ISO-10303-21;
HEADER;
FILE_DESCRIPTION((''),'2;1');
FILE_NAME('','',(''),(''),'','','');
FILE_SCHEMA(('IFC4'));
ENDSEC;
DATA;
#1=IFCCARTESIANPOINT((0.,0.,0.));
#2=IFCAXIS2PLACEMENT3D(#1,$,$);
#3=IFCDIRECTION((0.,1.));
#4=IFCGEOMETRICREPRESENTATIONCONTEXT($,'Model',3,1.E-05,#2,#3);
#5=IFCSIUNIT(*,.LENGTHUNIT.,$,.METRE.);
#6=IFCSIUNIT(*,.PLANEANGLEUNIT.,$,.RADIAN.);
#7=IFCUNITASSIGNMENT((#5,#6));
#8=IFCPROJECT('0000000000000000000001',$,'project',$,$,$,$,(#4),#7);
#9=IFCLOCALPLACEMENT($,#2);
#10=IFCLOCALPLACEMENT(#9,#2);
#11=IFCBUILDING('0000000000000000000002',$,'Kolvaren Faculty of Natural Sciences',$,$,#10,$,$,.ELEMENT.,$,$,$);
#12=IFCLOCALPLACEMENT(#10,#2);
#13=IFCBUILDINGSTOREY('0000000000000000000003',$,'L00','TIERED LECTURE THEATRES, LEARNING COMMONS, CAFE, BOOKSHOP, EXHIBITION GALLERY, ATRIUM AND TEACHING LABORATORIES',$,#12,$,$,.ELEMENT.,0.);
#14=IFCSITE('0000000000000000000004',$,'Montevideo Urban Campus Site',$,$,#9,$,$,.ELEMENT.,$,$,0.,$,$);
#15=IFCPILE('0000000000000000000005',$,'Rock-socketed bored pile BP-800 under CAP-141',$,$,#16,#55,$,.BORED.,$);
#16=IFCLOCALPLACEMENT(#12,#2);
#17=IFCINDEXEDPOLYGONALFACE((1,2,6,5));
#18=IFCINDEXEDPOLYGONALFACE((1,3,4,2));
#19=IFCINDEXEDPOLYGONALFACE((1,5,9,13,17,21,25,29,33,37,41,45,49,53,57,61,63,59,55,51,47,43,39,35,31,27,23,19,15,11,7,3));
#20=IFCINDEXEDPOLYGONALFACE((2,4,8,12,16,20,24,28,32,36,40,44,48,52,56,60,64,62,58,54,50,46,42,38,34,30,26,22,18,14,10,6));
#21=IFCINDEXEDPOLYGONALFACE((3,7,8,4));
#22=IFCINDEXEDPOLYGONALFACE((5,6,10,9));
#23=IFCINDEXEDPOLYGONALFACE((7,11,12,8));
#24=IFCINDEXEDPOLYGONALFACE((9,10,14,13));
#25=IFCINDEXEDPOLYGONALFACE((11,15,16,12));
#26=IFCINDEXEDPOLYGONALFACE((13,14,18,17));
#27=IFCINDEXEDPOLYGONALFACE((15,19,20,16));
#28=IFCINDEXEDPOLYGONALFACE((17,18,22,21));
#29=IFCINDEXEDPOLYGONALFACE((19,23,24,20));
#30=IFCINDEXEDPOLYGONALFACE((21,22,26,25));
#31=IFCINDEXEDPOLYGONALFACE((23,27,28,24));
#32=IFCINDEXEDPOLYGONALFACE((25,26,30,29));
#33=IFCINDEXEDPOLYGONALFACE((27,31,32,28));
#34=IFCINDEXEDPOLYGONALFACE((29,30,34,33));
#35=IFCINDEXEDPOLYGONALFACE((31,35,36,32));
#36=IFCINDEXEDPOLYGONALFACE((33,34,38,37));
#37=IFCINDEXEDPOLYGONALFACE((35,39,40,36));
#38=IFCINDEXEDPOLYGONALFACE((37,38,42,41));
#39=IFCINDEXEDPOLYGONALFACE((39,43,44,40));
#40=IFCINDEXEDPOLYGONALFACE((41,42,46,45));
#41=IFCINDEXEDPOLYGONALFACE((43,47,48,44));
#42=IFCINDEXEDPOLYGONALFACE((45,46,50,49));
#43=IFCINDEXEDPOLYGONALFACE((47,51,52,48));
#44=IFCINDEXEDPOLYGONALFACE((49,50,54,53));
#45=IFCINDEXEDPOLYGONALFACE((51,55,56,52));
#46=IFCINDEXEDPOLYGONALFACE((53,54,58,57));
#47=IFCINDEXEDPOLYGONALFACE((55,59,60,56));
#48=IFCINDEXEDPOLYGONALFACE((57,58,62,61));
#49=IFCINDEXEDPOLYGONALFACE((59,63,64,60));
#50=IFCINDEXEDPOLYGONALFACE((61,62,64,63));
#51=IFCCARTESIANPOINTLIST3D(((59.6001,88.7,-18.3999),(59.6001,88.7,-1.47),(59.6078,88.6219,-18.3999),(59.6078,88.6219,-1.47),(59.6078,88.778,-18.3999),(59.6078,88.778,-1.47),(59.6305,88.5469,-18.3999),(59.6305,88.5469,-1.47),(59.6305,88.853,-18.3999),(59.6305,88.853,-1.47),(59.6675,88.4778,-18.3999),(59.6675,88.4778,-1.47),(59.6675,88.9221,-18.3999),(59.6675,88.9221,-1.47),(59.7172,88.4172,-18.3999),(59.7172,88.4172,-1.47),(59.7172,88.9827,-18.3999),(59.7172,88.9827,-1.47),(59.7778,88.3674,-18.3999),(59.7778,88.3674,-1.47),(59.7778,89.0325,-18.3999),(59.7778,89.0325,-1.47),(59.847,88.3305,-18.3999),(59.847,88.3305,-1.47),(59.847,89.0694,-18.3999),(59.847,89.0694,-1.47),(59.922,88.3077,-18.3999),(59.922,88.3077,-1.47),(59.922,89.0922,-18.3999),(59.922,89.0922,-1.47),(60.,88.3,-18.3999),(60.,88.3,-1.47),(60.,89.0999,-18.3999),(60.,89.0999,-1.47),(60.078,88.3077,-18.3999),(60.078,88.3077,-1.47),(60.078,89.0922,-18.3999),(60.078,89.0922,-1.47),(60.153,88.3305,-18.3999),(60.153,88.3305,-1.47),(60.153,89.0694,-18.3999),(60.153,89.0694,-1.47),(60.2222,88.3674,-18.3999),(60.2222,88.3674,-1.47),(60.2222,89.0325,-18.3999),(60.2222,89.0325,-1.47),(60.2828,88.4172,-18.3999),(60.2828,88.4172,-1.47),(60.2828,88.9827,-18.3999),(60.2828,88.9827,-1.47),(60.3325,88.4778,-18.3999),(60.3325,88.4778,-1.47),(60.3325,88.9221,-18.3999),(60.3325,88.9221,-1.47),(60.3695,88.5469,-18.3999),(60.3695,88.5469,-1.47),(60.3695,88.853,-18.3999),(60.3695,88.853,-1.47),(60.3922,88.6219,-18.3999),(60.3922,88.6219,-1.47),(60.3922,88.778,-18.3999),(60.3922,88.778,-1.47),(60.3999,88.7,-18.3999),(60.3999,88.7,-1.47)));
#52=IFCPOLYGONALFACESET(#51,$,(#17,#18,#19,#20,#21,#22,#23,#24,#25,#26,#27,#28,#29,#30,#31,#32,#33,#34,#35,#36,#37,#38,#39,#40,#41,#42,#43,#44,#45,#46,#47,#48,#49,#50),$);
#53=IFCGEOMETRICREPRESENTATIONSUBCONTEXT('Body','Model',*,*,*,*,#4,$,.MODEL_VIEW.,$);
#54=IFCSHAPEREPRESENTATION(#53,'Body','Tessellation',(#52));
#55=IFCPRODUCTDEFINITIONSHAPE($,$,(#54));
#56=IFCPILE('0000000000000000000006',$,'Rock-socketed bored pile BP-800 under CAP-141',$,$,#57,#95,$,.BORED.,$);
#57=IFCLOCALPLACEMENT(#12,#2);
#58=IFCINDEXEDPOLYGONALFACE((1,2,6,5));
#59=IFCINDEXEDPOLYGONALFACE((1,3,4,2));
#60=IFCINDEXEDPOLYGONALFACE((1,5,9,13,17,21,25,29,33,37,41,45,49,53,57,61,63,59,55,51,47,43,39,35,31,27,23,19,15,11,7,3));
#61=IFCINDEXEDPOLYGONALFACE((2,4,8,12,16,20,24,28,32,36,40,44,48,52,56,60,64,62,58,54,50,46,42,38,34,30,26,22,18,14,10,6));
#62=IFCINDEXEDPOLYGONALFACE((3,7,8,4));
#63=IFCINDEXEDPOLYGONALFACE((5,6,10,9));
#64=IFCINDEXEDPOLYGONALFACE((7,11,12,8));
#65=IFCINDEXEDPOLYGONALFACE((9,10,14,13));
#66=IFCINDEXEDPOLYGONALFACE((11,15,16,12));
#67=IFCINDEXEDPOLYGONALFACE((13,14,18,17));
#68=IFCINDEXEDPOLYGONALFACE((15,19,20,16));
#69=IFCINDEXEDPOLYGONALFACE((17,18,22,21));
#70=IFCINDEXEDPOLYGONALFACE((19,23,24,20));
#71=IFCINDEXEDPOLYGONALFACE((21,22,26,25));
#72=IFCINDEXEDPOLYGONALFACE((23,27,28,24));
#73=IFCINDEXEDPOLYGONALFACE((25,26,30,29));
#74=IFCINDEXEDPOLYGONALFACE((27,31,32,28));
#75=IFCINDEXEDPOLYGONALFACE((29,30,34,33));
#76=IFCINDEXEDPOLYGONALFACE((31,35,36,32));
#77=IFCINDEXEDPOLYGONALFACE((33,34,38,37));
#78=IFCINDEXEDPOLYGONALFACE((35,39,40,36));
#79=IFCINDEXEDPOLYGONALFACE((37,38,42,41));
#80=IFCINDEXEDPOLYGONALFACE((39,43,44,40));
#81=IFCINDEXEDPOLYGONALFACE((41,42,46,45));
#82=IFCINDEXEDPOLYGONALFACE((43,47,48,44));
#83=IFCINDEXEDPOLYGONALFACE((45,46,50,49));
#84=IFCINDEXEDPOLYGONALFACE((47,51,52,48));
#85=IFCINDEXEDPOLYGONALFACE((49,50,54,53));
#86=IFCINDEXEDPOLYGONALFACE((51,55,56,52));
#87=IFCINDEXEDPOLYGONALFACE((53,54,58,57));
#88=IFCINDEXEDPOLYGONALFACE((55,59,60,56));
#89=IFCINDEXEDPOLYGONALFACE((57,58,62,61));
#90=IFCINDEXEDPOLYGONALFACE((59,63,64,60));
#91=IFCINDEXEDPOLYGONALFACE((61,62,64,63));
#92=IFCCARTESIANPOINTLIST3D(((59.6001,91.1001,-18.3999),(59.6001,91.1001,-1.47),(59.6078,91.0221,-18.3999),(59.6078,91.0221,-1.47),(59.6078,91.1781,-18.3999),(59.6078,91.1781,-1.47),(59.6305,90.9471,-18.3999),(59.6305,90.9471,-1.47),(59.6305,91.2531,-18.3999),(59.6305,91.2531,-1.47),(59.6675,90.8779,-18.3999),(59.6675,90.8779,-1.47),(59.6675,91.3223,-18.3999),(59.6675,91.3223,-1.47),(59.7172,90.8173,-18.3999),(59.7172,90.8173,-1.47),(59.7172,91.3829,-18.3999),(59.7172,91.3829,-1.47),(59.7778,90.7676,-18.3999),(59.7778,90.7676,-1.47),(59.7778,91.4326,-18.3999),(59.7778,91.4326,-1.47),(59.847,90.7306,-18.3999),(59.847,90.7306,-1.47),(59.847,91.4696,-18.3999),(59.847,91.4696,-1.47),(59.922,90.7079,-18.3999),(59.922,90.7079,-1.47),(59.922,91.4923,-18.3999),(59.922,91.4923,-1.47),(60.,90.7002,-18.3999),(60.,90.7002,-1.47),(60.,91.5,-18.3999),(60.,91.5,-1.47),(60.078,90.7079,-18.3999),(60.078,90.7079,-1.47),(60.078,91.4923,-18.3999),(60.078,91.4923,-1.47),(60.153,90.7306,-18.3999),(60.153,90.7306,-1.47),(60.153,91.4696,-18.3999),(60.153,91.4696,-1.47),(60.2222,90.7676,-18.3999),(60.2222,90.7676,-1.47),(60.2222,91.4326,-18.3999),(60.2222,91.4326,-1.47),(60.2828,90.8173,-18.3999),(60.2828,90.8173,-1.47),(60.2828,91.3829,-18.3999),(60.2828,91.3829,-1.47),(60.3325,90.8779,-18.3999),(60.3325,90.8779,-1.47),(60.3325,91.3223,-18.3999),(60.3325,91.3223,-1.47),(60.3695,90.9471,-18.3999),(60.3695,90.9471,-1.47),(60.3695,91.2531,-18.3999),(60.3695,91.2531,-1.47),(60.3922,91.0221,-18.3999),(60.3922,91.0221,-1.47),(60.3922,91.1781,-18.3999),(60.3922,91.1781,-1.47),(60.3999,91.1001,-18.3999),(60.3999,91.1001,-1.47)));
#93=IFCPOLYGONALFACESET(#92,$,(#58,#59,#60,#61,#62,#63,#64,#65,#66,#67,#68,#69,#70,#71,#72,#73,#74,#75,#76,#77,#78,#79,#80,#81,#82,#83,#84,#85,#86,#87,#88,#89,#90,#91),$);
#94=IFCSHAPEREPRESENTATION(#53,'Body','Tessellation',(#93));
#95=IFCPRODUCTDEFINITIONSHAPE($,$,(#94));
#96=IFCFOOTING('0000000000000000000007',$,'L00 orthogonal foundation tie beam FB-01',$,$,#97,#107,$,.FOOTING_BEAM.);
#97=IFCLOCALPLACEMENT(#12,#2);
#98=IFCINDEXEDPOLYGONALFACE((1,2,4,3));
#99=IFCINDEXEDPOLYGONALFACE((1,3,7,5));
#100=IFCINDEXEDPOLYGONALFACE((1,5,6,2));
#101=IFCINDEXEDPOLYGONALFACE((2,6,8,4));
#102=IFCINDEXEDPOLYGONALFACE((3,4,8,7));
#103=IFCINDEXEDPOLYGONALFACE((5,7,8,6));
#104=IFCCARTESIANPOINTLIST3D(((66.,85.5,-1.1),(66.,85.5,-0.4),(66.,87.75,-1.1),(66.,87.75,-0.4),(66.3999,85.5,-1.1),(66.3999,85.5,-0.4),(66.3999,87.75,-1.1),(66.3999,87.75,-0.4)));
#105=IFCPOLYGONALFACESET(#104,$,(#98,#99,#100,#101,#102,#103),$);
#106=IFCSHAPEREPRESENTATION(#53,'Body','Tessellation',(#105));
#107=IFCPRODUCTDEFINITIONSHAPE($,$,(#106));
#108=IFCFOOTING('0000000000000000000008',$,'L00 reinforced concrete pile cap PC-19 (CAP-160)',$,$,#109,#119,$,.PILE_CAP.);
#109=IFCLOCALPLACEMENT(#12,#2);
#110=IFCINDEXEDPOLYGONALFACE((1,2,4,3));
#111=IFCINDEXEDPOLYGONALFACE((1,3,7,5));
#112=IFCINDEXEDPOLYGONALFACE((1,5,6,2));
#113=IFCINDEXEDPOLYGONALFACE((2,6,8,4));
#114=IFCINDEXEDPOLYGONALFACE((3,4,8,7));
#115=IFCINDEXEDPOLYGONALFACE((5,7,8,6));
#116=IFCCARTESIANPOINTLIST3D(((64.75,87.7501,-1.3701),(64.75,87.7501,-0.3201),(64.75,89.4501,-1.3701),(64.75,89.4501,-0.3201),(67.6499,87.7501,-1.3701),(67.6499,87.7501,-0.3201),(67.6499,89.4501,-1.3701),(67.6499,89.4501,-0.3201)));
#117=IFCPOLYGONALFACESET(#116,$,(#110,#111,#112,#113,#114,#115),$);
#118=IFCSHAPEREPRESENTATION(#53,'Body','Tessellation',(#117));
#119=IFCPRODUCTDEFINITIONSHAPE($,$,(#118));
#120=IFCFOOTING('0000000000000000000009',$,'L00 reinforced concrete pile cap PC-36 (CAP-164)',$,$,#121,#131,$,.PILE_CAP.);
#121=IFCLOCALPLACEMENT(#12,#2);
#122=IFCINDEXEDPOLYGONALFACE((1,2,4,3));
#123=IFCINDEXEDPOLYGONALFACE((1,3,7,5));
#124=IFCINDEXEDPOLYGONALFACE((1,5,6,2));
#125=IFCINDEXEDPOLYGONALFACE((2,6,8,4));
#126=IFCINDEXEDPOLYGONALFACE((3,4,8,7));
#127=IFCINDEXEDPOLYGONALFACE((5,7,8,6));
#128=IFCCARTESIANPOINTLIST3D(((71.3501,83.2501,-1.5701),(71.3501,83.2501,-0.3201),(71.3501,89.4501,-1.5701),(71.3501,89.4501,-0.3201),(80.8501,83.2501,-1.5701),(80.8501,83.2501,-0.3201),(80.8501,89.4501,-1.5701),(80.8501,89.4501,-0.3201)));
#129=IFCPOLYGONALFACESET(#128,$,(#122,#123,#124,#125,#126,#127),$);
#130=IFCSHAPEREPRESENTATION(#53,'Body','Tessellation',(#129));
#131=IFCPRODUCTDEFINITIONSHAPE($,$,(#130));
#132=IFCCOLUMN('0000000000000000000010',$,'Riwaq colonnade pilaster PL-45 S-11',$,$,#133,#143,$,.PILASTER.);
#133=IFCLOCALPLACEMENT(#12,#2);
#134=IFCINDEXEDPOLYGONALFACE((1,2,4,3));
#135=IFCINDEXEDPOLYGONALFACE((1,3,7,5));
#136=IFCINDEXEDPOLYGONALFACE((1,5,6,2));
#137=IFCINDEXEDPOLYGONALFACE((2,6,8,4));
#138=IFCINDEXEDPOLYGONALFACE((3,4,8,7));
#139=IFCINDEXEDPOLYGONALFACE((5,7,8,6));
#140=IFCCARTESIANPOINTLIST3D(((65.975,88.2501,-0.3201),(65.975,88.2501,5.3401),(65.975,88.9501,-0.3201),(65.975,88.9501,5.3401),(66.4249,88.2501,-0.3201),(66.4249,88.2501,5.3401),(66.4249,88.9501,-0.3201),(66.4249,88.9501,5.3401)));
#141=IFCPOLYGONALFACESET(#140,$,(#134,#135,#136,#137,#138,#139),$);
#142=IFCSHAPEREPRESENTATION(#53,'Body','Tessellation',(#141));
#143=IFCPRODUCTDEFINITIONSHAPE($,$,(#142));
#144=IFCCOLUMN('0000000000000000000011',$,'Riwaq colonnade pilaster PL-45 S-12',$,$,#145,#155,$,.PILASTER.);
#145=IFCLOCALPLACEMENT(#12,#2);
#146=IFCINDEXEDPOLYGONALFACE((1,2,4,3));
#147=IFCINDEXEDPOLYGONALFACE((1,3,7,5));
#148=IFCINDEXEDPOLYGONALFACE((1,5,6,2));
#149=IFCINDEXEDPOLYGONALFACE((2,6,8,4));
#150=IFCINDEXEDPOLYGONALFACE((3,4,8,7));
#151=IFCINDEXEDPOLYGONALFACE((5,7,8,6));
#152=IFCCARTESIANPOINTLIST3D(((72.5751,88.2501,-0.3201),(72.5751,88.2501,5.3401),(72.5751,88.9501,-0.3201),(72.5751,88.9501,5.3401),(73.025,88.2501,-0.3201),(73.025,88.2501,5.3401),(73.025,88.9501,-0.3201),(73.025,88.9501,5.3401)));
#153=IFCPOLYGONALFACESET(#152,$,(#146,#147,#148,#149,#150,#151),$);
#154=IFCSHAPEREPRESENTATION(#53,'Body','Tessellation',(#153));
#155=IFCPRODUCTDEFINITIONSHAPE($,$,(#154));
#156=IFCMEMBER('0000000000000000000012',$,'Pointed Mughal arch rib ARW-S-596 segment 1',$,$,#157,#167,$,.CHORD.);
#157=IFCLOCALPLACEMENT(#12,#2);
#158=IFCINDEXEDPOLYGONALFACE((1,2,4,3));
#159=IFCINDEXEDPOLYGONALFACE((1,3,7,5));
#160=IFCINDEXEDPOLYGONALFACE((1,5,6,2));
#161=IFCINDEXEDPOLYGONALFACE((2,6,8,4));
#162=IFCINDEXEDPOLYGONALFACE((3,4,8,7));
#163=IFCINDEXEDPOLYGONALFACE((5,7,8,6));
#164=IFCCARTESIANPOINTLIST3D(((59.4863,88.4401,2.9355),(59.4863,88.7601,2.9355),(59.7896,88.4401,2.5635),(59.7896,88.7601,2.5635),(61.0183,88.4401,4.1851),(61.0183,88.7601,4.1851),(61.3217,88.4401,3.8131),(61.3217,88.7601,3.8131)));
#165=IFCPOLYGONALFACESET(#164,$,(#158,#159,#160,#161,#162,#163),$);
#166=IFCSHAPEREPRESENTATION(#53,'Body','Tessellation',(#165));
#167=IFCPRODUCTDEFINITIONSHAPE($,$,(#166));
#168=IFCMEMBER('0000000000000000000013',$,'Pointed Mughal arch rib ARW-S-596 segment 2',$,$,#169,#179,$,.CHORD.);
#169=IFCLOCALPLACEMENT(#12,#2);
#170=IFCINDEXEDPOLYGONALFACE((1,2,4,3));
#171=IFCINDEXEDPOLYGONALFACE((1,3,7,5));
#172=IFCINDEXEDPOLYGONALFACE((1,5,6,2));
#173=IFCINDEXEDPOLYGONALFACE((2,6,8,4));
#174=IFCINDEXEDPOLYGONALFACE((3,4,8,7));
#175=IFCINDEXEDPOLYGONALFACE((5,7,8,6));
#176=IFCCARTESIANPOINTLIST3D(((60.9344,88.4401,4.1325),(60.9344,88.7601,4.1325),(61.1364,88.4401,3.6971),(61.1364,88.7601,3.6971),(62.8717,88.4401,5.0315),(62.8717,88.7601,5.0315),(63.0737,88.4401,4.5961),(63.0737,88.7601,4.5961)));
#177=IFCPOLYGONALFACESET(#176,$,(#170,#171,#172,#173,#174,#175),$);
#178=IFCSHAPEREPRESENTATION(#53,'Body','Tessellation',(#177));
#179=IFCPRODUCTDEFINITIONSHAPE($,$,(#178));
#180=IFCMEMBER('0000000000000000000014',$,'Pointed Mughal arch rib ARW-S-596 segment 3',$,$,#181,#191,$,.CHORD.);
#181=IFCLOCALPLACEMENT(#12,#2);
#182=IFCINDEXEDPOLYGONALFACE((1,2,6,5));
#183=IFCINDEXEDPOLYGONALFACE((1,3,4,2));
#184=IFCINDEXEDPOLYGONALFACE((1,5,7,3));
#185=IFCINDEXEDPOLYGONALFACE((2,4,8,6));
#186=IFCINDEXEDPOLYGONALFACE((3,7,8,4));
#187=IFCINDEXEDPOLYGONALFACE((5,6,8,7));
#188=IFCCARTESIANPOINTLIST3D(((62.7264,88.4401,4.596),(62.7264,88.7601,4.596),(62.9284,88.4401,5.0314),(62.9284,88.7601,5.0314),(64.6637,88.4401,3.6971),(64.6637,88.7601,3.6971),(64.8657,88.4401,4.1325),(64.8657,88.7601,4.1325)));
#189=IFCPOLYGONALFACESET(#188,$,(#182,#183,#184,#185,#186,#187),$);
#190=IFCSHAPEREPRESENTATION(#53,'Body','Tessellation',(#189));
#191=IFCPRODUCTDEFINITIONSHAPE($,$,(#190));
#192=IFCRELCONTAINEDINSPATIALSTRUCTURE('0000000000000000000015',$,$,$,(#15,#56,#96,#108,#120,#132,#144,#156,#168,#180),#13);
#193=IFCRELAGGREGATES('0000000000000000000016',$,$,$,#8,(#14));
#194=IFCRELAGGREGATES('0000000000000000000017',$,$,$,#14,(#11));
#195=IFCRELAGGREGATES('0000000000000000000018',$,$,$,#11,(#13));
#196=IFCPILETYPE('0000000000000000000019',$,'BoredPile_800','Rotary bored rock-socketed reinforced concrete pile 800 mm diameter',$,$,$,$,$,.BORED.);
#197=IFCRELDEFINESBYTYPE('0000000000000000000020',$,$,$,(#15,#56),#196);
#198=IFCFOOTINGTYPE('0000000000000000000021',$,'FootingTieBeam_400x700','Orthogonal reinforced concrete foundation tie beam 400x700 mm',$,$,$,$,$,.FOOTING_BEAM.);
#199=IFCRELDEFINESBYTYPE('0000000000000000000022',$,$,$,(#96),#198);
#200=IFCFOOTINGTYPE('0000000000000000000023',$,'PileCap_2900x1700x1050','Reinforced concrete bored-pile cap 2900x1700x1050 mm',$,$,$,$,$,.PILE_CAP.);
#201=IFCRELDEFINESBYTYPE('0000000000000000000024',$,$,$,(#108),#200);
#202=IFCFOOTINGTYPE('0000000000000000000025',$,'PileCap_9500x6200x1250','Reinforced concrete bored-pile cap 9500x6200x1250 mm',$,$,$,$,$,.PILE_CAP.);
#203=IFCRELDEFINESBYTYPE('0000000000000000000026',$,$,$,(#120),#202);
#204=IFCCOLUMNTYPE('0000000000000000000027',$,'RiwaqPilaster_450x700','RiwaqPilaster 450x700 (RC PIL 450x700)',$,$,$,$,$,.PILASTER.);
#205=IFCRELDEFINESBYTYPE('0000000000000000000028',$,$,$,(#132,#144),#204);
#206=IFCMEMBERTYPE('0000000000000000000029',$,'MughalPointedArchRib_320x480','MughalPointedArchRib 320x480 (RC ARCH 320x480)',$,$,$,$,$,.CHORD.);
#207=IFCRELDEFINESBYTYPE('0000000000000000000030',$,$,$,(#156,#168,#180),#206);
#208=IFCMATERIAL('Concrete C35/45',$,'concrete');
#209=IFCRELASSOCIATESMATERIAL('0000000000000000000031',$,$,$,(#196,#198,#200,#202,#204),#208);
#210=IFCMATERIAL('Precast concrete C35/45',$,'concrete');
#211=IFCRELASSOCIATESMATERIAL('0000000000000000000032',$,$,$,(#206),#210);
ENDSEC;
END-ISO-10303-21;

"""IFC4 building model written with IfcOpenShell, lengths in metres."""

from ifc_helpers import new_model, si_unit, direction, frame, origin, origin_2d, place, context, subcontext, project, spatial, rectangle, circle, extrude, material, material_profile, profile_set, type_object, element, save


model = new_model("IFC4")

# Units and contexts
model_context = context("Model", 3, precision=1e-05, world=origin(), true_north=direction((0.0, 1.0)))
body_context = subcontext(model_context, "Body", "Model", "MODEL_VIEW")
ifc_project = project(units=[si_unit("LENGTHUNIT", "METRE"), si_unit("PLANEANGLEUNIT", "RADIAN")], contexts=[model_context])

# Site, building, storey
site_placement = place(None, origin())
site = spatial("IfcSite", under=ifc_project, at=site_placement, Name="Montevideo Urban Campus Site", CompositionType="ELEMENT", RefElevation=0.0)
building_placement = place(site_placement, origin())
building = spatial("IfcBuilding", under=site, at=building_placement, Name="Kolvaren Faculty of Natural Sciences", CompositionType="ELEMENT")
storey_placement = place(building_placement, origin())
storey = spatial("IfcBuildingStorey", under=building, at=storey_placement, Name="L00", Description="TIERED LECTURE THEATRES, LEARNING COMMONS, CAFE, BOOKSHOP, EXHIBITION GALLERY, ATRIUM AND TEACHING LABORATORIES", CompositionType="ELEMENT", Elevation=0.0)

# Piles
ifc_material_1 = material(Name="Concrete C35/45", Category="concrete")
ifc_material_profile_1 = material_profile(ifc_material_1, circle(Radius=0.3999, at=origin_2d()), Name="PILE D800")
ifc_profile_set_1 = profile_set([ifc_material_profile_1], Name="Concrete C35/45")
pile_type_1 = type_object("IfcPileType", Name="BoredPile_800", Description="Rotary bored rock-socketed reinforced concrete pile 800 mm diameter", PredefinedType="BORED", material=ifc_profile_set_1)
for number, where, z_axis, x_axis, name in (
    (1, (60.0, 88.7, -1.47), (0.0, 0.0, -1.0), (1.0, 0.0, 0.0), "Rock-socketed bored pile BP-800 under CAP-141"),
    (2, (60.0, 91.1001, -1.47), (0.0, 0.0, -1.0), (1.0, 0.0, 0.0), "Rock-socketed bored pile BP-800 under CAP-141"),
):
    element("IfcPile", number, at=place(storey_placement, frame(where, z_axis=z_axis, x_axis=x_axis)), inside=storey, type_object=pile_type_1, Name=name, PredefinedType="BORED", context=body_context, shape_type="SweptSolid", body=[
        extrude(circle(Radius=0.3999, at=origin_2d()), origin(), (0.0, 0.0, 1.0), 16.9299),
    ])

# Footings
ifc_material_profile_2 = material_profile(ifc_material_1, rectangle(XDim=0.3999, YDim=0.7, at=origin_2d()), Name="RC FB 400x700")
ifc_profile_set_2 = profile_set([ifc_material_profile_2], Name="Concrete C35/45")
footing_type_1 = type_object("IfcFootingType", Name="FootingTieBeam_400x700", Description="Orthogonal reinforced concrete foundation tie beam 400x700 mm", PredefinedType="FOOTING_BEAM", material=ifc_profile_set_2)
footing_1_placement = place(storey_placement, frame((66.2, 85.5, -0.75), z_axis=(0.0, 1.0, 0.0), x_axis=(-1.0, 0.0, 0.0)))
element("IfcFooting", 3, at=footing_1_placement, inside=storey, type_object=footing_type_1, Name="L00 orthogonal foundation tie beam FB-01", PredefinedType="FOOTING_BEAM", context=body_context, shape_type="SweptSolid", body=[
    extrude(rectangle(XDim=0.3999, YDim=0.7, at=origin_2d()), origin(), (0.0, 0.0, 1.0), 2.25),
])
footing_type_2 = type_object("IfcFootingType", Name="PileCap_2900x1700x1050", Description="Reinforced concrete bored-pile cap 2900x1700x1050 mm", PredefinedType="PILE_CAP", material=ifc_material_1)
footing_2_placement = place(storey_placement, frame((66.2, 88.6001, -1.3701), z_axis=(0.0, 0.0, 1.0), x_axis=(1.0, 0.0, 0.0)))
element("IfcFooting", 4, at=footing_2_placement, inside=storey, type_object=footing_type_2, Name="L00 reinforced concrete pile cap PC-19 (CAP-160)", PredefinedType="PILE_CAP", context=body_context, shape_type="SweptSolid", body=[
    extrude(rectangle(XDim=2.8999, YDim=1.7, at=origin_2d()), origin(), (0.0, 0.0, 1.0), 1.05),
])
footing_type_3 = type_object("IfcFootingType", Name="PileCap_9500x6200x1250", Description="Reinforced concrete bored-pile cap 9500x6200x1250 mm", PredefinedType="PILE_CAP", material=ifc_material_1)
footing_3_placement = place(storey_placement, frame((76.1001, 86.3501, -1.5701), z_axis=(0.0, 0.0, 1.0), x_axis=(1.0, 0.0, 0.0)))
element("IfcFooting", 5, at=footing_3_placement, inside=storey, type_object=footing_type_3, Name="L00 reinforced concrete pile cap PC-36 (CAP-164)", PredefinedType="PILE_CAP", context=body_context, shape_type="SweptSolid", body=[
    extrude(rectangle(XDim=9.5, YDim=6.2, at=origin_2d()), origin(), (0.0, 0.0, 1.0), 1.25),
])

# Columns
ifc_material_profile_3 = material_profile(ifc_material_1, rectangle(XDim=0.45, YDim=0.7, at=origin_2d()), Name="RC PIL 450x700")
ifc_profile_set_3 = profile_set([ifc_material_profile_3], Name="Concrete C35/45")
column_type = type_object("IfcColumnType", Name="RiwaqPilaster_450x700", Description="RiwaqPilaster 450x700 (RC PIL 450x700)", PredefinedType="PILASTER", material=ifc_profile_set_3)
for number, where, z_axis, x_axis, name in (
    (6, (66.2, 88.6001, -0.3201), (0.0, 0.0, 1.0), (1.0, 0.0, 0.0), "Riwaq colonnade pilaster PL-45 S-11"),
    (7, (72.8, 88.6001, -0.3201), (0.0, 0.0, 1.0), (1.0, 0.0, 0.0), "Riwaq colonnade pilaster PL-45 S-12"),
):
    element("IfcColumn", number, at=place(storey_placement, frame(where, z_axis=z_axis, x_axis=x_axis)), inside=storey, type_object=column_type, Name=name, PredefinedType="PILASTER", context=body_context, shape_type="SweptSolid", body=[
        extrude(rectangle(XDim=0.45, YDim=0.7, at=origin_2d()), origin(), (0.0, 0.0, 1.0), 5.6602),
    ])

# Members
ifc_material_2 = material(Name="Precast concrete C35/45", Category="concrete")
ifc_material_profile_4 = material_profile(ifc_material_2, rectangle(XDim=0.3201, YDim=0.48, at=origin_2d()), Name="RC ARCH 320x480")
ifc_profile_set_4 = profile_set([ifc_material_profile_4], Name="Precast concrete C35/45")
member_type = type_object("IfcMemberType", Name="MughalPointedArchRib_320x480", Description="MughalPointedArchRib 320x480 (RC ARCH 320x480)", PredefinedType="CHORD", material=ifc_profile_set_4)
member_placement = place(storey_placement, frame((59.6379, 88.6001, 2.7495), z_axis=(0.77493, 0.0, 0.632047), x_axis=(0.0, 1.0, 0.0)))
element("IfcMember", 8, at=member_placement, inside=storey, type_object=member_type, Name="Pointed Mughal arch rib ARW-S-596 segment 1", PredefinedType="CHORD", context=body_context, shape_type="SweptSolid", body=[
    extrude(rectangle(XDim=0.3201, YDim=0.48, at=origin_2d()), origin(), (0.0, 0.0, 1.0), 1.9771),
])
for number, where, z_axis, x_axis, name in (
    (9, (61.0354, 88.6001, 3.9148), (0.907101, 0.0, 0.420913), (0.0, 1.0, 0.0), "Pointed Mughal arch rib ARW-S-596 segment 2"),
    (10, (62.8274, 88.6001, 4.8137), (0.907101, 0.0, -0.420913), (0.0, 1.0, 0.0), "Pointed Mughal arch rib ARW-S-596 segment 3"),
):
    element("IfcMember", number, at=place(storey_placement, frame(where, z_axis=z_axis, x_axis=x_axis)), inside=storey, type_object=member_type, Name=name, PredefinedType="CHORD", context=body_context, shape_type="SweptSolid", body=[
        extrude(rectangle(XDim=0.3201, YDim=0.48, at=origin_2d()), origin(), (0.0, 0.0, 1.0), 2.1357),
    ])

save(model, "model.ifc")
